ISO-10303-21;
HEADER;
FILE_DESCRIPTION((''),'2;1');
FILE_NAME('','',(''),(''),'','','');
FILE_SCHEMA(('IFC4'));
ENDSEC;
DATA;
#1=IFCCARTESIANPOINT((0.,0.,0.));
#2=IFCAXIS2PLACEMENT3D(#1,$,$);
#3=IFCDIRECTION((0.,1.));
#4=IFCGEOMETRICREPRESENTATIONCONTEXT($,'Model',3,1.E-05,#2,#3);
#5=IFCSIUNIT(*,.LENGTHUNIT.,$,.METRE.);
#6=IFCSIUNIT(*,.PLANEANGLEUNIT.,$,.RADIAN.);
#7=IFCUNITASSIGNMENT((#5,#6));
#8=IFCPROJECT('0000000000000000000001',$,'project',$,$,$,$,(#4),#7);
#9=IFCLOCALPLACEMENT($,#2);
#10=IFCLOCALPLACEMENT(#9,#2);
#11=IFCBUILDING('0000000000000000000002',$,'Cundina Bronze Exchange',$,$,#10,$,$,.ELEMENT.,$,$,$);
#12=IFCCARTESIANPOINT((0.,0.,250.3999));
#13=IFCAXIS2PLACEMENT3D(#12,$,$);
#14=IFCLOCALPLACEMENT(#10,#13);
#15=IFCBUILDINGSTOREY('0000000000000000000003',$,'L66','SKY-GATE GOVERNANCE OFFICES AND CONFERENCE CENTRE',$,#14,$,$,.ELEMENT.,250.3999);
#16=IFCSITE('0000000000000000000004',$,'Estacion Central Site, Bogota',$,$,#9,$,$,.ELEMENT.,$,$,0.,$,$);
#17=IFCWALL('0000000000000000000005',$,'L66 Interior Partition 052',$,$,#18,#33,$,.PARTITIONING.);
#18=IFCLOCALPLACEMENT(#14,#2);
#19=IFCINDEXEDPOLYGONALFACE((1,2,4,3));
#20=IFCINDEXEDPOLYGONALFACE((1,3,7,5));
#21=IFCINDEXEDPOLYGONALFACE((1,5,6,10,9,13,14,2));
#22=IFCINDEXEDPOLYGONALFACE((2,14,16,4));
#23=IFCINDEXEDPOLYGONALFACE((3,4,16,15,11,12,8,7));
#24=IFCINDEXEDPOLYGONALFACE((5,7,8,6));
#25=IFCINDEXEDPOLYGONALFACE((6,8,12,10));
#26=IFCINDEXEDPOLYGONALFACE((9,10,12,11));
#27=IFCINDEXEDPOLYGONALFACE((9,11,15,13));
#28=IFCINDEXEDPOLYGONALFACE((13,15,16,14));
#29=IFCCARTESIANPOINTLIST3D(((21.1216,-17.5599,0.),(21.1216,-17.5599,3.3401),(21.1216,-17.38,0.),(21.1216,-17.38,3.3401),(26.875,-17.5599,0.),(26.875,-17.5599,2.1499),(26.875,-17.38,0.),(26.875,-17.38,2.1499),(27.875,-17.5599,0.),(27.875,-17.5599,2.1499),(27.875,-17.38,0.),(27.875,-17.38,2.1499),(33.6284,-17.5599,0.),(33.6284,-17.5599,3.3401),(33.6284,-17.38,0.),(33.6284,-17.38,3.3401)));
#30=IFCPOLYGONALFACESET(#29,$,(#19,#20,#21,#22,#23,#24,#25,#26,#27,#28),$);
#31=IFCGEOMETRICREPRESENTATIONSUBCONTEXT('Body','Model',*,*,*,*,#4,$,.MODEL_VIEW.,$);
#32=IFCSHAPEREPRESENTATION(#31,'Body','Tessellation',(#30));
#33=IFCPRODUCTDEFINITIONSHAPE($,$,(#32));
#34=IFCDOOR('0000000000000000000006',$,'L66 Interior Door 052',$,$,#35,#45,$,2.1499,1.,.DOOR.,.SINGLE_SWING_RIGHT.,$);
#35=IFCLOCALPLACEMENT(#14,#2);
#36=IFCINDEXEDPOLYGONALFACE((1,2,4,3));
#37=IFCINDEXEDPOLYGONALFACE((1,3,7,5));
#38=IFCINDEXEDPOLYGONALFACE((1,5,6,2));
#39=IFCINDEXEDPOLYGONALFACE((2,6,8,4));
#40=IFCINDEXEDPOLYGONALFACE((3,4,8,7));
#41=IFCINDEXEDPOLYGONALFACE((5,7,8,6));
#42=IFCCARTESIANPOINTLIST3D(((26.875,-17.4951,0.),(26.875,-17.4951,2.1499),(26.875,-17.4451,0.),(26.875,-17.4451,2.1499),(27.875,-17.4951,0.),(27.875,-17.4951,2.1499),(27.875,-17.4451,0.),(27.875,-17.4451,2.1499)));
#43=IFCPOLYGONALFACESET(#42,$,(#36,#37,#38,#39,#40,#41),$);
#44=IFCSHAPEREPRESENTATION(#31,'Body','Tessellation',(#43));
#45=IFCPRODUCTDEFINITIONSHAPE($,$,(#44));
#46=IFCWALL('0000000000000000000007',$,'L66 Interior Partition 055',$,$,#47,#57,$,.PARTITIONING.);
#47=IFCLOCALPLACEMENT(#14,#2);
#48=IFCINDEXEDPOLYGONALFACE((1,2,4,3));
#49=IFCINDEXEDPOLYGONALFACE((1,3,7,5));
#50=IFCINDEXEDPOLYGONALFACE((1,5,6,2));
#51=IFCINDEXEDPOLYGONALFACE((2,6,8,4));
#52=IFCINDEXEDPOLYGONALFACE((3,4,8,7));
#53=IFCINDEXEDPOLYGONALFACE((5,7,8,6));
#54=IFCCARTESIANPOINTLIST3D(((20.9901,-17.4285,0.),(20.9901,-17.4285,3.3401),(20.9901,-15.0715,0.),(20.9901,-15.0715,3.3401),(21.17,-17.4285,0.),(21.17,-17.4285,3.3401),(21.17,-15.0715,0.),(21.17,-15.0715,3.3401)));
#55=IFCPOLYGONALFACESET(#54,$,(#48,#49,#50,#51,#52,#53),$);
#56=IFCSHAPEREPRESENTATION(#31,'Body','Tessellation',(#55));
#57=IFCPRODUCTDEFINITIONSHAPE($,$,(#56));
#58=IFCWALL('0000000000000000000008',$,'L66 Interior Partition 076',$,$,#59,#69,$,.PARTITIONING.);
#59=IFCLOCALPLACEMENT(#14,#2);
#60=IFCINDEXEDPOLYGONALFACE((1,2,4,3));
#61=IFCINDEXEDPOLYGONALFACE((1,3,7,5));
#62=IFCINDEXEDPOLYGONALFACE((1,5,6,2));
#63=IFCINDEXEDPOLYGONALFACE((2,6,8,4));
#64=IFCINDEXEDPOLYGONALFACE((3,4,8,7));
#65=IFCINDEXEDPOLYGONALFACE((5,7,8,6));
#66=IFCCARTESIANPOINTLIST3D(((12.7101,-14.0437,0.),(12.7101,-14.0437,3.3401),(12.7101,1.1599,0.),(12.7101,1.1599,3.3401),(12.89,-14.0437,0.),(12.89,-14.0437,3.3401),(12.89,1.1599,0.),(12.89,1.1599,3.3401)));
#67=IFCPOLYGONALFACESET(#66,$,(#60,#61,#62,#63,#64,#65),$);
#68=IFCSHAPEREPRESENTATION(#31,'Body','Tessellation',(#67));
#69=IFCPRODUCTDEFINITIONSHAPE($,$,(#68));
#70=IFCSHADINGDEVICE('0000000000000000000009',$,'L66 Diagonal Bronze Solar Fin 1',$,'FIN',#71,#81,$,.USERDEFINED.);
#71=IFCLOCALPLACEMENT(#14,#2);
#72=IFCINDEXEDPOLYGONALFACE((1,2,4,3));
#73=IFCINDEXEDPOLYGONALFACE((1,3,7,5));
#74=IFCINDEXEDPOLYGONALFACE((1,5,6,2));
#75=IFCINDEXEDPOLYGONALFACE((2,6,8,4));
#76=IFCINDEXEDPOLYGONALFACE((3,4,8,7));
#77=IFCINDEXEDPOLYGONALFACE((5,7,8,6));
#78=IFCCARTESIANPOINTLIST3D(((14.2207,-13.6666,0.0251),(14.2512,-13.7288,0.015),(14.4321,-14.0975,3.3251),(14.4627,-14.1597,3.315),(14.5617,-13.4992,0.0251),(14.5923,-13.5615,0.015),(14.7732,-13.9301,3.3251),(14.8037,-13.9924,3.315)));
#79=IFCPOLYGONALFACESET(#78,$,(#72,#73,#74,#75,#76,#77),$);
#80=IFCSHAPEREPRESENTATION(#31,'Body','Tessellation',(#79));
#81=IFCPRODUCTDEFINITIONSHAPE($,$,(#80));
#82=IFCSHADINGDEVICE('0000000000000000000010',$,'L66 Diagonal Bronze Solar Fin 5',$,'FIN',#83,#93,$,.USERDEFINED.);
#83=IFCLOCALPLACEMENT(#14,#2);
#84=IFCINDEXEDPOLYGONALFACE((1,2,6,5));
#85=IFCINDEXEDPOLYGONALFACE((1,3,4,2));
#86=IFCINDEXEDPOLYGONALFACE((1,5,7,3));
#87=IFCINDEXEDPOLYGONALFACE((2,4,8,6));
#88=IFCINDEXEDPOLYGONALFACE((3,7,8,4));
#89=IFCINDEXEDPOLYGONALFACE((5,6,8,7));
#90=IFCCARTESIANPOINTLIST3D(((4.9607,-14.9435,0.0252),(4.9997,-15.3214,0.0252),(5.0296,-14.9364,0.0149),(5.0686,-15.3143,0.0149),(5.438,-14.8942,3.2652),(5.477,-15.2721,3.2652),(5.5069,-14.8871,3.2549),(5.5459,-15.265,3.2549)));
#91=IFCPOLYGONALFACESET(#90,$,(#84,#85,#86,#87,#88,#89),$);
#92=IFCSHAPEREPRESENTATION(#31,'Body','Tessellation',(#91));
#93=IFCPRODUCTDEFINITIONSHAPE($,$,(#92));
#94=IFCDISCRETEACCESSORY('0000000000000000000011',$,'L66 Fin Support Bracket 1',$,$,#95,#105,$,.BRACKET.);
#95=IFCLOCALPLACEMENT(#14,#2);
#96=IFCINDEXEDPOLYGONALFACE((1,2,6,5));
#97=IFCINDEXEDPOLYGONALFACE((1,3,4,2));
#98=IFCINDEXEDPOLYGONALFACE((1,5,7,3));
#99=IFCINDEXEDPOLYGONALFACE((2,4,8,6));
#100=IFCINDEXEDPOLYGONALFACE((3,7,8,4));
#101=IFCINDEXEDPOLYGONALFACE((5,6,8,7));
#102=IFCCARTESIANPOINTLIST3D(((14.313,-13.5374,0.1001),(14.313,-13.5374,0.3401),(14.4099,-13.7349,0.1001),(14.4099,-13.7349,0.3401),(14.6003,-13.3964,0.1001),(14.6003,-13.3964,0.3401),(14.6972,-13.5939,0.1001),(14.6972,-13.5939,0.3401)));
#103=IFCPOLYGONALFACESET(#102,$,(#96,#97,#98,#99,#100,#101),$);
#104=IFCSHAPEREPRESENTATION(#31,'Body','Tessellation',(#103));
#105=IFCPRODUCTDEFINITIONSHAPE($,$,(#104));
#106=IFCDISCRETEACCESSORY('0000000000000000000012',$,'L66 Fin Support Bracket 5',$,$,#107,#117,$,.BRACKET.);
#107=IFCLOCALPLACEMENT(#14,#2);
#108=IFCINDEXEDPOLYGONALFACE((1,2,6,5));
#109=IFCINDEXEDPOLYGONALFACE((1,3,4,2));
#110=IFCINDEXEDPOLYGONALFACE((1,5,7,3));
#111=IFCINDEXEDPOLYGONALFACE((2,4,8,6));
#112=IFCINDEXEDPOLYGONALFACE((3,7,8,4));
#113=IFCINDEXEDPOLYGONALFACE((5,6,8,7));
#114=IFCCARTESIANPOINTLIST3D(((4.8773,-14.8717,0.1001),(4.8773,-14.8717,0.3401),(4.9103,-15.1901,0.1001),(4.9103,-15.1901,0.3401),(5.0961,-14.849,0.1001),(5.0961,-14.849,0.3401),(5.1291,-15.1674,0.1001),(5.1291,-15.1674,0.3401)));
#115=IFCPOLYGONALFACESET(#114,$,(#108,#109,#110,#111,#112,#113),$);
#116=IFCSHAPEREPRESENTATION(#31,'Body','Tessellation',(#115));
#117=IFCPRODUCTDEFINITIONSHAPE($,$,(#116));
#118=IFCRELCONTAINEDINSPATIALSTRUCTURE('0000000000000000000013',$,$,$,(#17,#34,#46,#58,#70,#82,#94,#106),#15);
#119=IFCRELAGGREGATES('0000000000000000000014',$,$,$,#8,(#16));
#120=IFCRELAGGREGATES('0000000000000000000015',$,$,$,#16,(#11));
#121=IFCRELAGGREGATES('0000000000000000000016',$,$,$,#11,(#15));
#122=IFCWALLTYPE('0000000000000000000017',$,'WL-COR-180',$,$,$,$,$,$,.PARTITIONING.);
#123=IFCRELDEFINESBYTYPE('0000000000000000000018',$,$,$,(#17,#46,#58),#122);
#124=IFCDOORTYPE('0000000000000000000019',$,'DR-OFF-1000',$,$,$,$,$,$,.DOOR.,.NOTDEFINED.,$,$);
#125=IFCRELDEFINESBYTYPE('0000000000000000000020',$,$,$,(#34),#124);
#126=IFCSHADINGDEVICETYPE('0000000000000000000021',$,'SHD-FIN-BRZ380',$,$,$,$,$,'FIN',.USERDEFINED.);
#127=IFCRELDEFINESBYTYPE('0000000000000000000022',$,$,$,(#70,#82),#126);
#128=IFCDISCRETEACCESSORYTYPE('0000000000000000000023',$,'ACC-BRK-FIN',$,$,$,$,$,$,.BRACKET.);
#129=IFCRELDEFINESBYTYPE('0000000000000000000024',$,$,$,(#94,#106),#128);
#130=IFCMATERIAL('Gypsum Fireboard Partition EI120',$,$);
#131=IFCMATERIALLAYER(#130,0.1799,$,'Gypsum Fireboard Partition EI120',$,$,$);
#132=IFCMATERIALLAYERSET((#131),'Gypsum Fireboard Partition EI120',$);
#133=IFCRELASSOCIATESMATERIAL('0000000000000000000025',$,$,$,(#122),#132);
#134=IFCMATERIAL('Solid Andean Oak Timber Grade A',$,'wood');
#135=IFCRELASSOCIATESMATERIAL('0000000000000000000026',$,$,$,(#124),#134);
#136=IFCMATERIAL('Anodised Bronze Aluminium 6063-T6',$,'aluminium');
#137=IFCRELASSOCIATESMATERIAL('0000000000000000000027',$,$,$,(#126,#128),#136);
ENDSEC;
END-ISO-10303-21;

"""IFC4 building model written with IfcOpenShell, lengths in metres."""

from ifc_helpers import new_model, si_unit, direction, frame, frame_2d, origin, origin_2d, place, context, subcontext, project, spatial, rectangle, extrude, material, layer, layer_set, material_profile, profile_set, type_object, element, fill, save


model = new_model("IFC4")

# Units and contexts
model_context = context("Model", 3, precision=1e-05, world=origin(), true_north=direction((0.0, 1.0)))
body_context = subcontext(model_context, "Body", "Model", "MODEL_VIEW")
ifc_project = project(units=[si_unit("LENGTHUNIT", "METRE"), si_unit("PLANEANGLEUNIT", "RADIAN")], contexts=[model_context])

# Site, building, storey
site_placement = place(None, origin())
site = spatial("IfcSite", under=ifc_project, at=site_placement, Name="Estacion Central Site, Bogota", CompositionType="ELEMENT", RefElevation=0.0)
building_placement = place(site_placement, origin())
building = spatial("IfcBuilding", under=site, at=building_placement, Name="Cundina Bronze Exchange", CompositionType="ELEMENT")
storey_placement = place(building_placement, frame((0.0, 0.0, 250.3999)))
storey = spatial("IfcBuildingStorey", under=building, at=storey_placement, Name="L66", Description="SKY-GATE GOVERNANCE OFFICES AND CONFERENCE CENTRE", CompositionType="ELEMENT", Elevation=250.3999)

# Shared definitions
ifc_material_1 = material(Name="Anodised Bronze Aluminium 6063-T6", Category="aluminium")

# Shared definitions
ifc_material_2 = material(Name="Gypsum Fireboard Partition EI120")
ifc_layer_1 = layer(ifc_material_2, 0.1799, Name="Gypsum Fireboard Partition EI120")
ifc_layer_set_1 = layer_set([ifc_layer_1], Name="Gypsum Fireboard Partition EI120")
wall_type = type_object("IfcWallType", Name="WL-COR-180", PredefinedType="PARTITIONING", material=ifc_layer_set_1)

# Wall, opening, door
wall_1_placement = place(storey_placement, frame((21.1216, -17.47, 0.0), z_axis=(0.0, 0.0, 1.0), x_axis=(1.0, 0.0, 0.0)))
wall_1 = element("IfcWall", 1, at=wall_1_placement, inside=storey, type_object=wall_type, Name="L66 Interior Partition 052", PredefinedType="PARTITIONING", context=body_context, shape_type="SweptSolid", body=[
    extrude(rectangle(XDim=12.5068, YDim=0.1799, at=frame_2d((6.2534, 0.0))), origin(), (0.0, 0.0, 1.0), 3.3401),
])
opening_placement = place(wall_1_placement, frame((5.7534, 0.0, 0.0)))
opening = element("IfcOpeningElement", 2, at=opening_placement, cuts=wall_1, PredefinedType="OPENING", context=body_context, shape_type="SweptSolid", body=[
    extrude(rectangle(XDim=1.0, YDim=2.1499, at=frame_2d((0.5, 1.075))), frame((0.0, 0.0999, 0.0), z_axis=(0.0, -1.0, 0.0), x_axis=(1.0, 0.0, 0.0)), (0.0, 0.0, 1.0), 0.2),
])
ifc_material_3 = material(Name="Solid Andean Oak Timber Grade A", Category="wood")
door_type = type_object("IfcDoorType", Name="DR-OFF-1000", OperationType="NOTDEFINED", PredefinedType="DOOR", material=ifc_material_3)
door_placement = place(opening_placement, origin())
door = element("IfcDoor", 3, at=door_placement, inside=storey, type_object=door_type, Name="L66 Interior Door 052", OperationType="SINGLE_SWING_RIGHT", OverallHeight=2.1499, OverallWidth=1.0, PredefinedType="DOOR", context=body_context, shape_type="SweptSolid", body=[
    extrude(rectangle(XDim=1.0, YDim=2.1499, at=frame_2d((0.5, 1.075))), frame((0.0, 0.0249, 0.0), z_axis=(0.0, -1.0, 0.0), x_axis=(1.0, 0.0, 0.0)), (0.0, 0.0, 1.0), 0.05),
])
fill(opening, door)

# Walls
wall_2_placement = place(storey_placement, frame((21.0801, -15.0715, 0.0), z_axis=(0.0, 0.0, 1.0), x_axis=(0.0, -1.0, 0.0)))
element("IfcWall", 4, at=wall_2_placement, inside=storey, type_object=wall_type, Name="L66 Interior Partition 055", PredefinedType="PARTITIONING", context=body_context, shape_type="SweptSolid", body=[
    extrude(rectangle(XDim=2.3569, YDim=0.1799, at=frame_2d((1.1785, 0.0))), origin(), (0.0, 0.0, 1.0), 3.3401),
])
wall_3_placement = place(storey_placement, frame((12.8, -14.0437, 0.0), z_axis=(0.0, 0.0, 1.0), x_axis=(0.0, 1.0, 0.0)))
element("IfcWall", 5, at=wall_3_placement, inside=storey, type_object=wall_type, Name="L66 Interior Partition 076", PredefinedType="PARTITIONING", context=body_context, shape_type="SweptSolid", body=[
    extrude(rectangle(XDim=15.2036, YDim=0.1799, at=frame_2d((7.6018, 0.0))), origin(), (0.0, 0.0, 1.0), 3.3401),
])

# Shading devices
ifc_material_profile_1 = material_profile(ifc_material_1, rectangle(XDim=0.0701, YDim=0.3799, at=origin_2d()), Name="FIN70X380", Category="aluminium")
ifc_profile_set_1 = profile_set([ifc_material_profile_1], Name="Anodised Bronze Aluminium 6063-T6")
shading_device_type = type_object("IfcShadingDeviceType", Name="SHD-FIN-BRZ380", ElementType="FIN", PredefinedType="USERDEFINED", material=ifc_profile_set_1)
shading_device_1_placement = place(storey_placement, frame((14.4065, -13.614, 0.02), z_axis=(0.0634, -0.129217, 0.989588), x_axis=(-0.4359, 0.888411, 0.143932)))
element("IfcShadingDevice", 6, at=shading_device_1_placement, inside=storey, type_object=shading_device_type, Name="L66 Diagonal Bronze Solar Fin 1", ObjectType="FIN", PredefinedType="USERDEFINED", context=body_context, shape_type="SweptSolid", body=[
    extrude(rectangle(XDim=0.0701, YDim=0.3799, at=origin_2d()), origin(), (0.0, 0.0, 1.0), 3.3347),
])
shading_device_2_placement = place(storey_placement, frame((5.0146, -15.1289, 0.02), z_axis=(0.145724, 0.015057, 0.989211), x_axis=(-0.983972, -0.101669, 0.1465)))
element("IfcShadingDevice", 7, at=shading_device_2_placement, inside=storey, type_object=shading_device_type, Name="L66 Diagonal Bronze Solar Fin 5", ObjectType="FIN", PredefinedType="USERDEFINED", context=body_context, shape_type="SweptSolid", body=[
    extrude(rectangle(XDim=0.0701, YDim=0.3799, at=origin_2d()), origin(), (0.0, 0.0, 1.0), 3.2754),
])

# Discrete accessories
discrete_accessory_type = type_object("IfcDiscreteAccessoryType", Name="ACC-BRK-FIN", PredefinedType="BRACKET", material=ifc_material_1)
for number, where, z_axis, x_axis, name in (
    (8, (14.5051, -13.5657, 0.1001), (0.0, 0.0, 1.0), (0.440503, -0.897751, 0.0), "L66 Fin Support Bracket 1"),
    (9, (5.0032, -15.0195, 0.1001), (0.0, 0.0, 1.0), (0.994672, 0.103088, 0.0), "L66 Fin Support Bracket 5"),
):
    element("IfcDiscreteAccessory", number, at=place(storey_placement, frame(where, z_axis=z_axis, x_axis=x_axis)), inside=storey, type_object=discrete_accessory_type, Name=name, PredefinedType="BRACKET", context=body_context, shape_type="SweptSolid", body=[
        extrude(rectangle(XDim=0.22, YDim=0.3201, at=origin_2d()), origin(), (0.0, 0.0, 1.0), 0.24),
    ])

save(model, "model.ifc")
